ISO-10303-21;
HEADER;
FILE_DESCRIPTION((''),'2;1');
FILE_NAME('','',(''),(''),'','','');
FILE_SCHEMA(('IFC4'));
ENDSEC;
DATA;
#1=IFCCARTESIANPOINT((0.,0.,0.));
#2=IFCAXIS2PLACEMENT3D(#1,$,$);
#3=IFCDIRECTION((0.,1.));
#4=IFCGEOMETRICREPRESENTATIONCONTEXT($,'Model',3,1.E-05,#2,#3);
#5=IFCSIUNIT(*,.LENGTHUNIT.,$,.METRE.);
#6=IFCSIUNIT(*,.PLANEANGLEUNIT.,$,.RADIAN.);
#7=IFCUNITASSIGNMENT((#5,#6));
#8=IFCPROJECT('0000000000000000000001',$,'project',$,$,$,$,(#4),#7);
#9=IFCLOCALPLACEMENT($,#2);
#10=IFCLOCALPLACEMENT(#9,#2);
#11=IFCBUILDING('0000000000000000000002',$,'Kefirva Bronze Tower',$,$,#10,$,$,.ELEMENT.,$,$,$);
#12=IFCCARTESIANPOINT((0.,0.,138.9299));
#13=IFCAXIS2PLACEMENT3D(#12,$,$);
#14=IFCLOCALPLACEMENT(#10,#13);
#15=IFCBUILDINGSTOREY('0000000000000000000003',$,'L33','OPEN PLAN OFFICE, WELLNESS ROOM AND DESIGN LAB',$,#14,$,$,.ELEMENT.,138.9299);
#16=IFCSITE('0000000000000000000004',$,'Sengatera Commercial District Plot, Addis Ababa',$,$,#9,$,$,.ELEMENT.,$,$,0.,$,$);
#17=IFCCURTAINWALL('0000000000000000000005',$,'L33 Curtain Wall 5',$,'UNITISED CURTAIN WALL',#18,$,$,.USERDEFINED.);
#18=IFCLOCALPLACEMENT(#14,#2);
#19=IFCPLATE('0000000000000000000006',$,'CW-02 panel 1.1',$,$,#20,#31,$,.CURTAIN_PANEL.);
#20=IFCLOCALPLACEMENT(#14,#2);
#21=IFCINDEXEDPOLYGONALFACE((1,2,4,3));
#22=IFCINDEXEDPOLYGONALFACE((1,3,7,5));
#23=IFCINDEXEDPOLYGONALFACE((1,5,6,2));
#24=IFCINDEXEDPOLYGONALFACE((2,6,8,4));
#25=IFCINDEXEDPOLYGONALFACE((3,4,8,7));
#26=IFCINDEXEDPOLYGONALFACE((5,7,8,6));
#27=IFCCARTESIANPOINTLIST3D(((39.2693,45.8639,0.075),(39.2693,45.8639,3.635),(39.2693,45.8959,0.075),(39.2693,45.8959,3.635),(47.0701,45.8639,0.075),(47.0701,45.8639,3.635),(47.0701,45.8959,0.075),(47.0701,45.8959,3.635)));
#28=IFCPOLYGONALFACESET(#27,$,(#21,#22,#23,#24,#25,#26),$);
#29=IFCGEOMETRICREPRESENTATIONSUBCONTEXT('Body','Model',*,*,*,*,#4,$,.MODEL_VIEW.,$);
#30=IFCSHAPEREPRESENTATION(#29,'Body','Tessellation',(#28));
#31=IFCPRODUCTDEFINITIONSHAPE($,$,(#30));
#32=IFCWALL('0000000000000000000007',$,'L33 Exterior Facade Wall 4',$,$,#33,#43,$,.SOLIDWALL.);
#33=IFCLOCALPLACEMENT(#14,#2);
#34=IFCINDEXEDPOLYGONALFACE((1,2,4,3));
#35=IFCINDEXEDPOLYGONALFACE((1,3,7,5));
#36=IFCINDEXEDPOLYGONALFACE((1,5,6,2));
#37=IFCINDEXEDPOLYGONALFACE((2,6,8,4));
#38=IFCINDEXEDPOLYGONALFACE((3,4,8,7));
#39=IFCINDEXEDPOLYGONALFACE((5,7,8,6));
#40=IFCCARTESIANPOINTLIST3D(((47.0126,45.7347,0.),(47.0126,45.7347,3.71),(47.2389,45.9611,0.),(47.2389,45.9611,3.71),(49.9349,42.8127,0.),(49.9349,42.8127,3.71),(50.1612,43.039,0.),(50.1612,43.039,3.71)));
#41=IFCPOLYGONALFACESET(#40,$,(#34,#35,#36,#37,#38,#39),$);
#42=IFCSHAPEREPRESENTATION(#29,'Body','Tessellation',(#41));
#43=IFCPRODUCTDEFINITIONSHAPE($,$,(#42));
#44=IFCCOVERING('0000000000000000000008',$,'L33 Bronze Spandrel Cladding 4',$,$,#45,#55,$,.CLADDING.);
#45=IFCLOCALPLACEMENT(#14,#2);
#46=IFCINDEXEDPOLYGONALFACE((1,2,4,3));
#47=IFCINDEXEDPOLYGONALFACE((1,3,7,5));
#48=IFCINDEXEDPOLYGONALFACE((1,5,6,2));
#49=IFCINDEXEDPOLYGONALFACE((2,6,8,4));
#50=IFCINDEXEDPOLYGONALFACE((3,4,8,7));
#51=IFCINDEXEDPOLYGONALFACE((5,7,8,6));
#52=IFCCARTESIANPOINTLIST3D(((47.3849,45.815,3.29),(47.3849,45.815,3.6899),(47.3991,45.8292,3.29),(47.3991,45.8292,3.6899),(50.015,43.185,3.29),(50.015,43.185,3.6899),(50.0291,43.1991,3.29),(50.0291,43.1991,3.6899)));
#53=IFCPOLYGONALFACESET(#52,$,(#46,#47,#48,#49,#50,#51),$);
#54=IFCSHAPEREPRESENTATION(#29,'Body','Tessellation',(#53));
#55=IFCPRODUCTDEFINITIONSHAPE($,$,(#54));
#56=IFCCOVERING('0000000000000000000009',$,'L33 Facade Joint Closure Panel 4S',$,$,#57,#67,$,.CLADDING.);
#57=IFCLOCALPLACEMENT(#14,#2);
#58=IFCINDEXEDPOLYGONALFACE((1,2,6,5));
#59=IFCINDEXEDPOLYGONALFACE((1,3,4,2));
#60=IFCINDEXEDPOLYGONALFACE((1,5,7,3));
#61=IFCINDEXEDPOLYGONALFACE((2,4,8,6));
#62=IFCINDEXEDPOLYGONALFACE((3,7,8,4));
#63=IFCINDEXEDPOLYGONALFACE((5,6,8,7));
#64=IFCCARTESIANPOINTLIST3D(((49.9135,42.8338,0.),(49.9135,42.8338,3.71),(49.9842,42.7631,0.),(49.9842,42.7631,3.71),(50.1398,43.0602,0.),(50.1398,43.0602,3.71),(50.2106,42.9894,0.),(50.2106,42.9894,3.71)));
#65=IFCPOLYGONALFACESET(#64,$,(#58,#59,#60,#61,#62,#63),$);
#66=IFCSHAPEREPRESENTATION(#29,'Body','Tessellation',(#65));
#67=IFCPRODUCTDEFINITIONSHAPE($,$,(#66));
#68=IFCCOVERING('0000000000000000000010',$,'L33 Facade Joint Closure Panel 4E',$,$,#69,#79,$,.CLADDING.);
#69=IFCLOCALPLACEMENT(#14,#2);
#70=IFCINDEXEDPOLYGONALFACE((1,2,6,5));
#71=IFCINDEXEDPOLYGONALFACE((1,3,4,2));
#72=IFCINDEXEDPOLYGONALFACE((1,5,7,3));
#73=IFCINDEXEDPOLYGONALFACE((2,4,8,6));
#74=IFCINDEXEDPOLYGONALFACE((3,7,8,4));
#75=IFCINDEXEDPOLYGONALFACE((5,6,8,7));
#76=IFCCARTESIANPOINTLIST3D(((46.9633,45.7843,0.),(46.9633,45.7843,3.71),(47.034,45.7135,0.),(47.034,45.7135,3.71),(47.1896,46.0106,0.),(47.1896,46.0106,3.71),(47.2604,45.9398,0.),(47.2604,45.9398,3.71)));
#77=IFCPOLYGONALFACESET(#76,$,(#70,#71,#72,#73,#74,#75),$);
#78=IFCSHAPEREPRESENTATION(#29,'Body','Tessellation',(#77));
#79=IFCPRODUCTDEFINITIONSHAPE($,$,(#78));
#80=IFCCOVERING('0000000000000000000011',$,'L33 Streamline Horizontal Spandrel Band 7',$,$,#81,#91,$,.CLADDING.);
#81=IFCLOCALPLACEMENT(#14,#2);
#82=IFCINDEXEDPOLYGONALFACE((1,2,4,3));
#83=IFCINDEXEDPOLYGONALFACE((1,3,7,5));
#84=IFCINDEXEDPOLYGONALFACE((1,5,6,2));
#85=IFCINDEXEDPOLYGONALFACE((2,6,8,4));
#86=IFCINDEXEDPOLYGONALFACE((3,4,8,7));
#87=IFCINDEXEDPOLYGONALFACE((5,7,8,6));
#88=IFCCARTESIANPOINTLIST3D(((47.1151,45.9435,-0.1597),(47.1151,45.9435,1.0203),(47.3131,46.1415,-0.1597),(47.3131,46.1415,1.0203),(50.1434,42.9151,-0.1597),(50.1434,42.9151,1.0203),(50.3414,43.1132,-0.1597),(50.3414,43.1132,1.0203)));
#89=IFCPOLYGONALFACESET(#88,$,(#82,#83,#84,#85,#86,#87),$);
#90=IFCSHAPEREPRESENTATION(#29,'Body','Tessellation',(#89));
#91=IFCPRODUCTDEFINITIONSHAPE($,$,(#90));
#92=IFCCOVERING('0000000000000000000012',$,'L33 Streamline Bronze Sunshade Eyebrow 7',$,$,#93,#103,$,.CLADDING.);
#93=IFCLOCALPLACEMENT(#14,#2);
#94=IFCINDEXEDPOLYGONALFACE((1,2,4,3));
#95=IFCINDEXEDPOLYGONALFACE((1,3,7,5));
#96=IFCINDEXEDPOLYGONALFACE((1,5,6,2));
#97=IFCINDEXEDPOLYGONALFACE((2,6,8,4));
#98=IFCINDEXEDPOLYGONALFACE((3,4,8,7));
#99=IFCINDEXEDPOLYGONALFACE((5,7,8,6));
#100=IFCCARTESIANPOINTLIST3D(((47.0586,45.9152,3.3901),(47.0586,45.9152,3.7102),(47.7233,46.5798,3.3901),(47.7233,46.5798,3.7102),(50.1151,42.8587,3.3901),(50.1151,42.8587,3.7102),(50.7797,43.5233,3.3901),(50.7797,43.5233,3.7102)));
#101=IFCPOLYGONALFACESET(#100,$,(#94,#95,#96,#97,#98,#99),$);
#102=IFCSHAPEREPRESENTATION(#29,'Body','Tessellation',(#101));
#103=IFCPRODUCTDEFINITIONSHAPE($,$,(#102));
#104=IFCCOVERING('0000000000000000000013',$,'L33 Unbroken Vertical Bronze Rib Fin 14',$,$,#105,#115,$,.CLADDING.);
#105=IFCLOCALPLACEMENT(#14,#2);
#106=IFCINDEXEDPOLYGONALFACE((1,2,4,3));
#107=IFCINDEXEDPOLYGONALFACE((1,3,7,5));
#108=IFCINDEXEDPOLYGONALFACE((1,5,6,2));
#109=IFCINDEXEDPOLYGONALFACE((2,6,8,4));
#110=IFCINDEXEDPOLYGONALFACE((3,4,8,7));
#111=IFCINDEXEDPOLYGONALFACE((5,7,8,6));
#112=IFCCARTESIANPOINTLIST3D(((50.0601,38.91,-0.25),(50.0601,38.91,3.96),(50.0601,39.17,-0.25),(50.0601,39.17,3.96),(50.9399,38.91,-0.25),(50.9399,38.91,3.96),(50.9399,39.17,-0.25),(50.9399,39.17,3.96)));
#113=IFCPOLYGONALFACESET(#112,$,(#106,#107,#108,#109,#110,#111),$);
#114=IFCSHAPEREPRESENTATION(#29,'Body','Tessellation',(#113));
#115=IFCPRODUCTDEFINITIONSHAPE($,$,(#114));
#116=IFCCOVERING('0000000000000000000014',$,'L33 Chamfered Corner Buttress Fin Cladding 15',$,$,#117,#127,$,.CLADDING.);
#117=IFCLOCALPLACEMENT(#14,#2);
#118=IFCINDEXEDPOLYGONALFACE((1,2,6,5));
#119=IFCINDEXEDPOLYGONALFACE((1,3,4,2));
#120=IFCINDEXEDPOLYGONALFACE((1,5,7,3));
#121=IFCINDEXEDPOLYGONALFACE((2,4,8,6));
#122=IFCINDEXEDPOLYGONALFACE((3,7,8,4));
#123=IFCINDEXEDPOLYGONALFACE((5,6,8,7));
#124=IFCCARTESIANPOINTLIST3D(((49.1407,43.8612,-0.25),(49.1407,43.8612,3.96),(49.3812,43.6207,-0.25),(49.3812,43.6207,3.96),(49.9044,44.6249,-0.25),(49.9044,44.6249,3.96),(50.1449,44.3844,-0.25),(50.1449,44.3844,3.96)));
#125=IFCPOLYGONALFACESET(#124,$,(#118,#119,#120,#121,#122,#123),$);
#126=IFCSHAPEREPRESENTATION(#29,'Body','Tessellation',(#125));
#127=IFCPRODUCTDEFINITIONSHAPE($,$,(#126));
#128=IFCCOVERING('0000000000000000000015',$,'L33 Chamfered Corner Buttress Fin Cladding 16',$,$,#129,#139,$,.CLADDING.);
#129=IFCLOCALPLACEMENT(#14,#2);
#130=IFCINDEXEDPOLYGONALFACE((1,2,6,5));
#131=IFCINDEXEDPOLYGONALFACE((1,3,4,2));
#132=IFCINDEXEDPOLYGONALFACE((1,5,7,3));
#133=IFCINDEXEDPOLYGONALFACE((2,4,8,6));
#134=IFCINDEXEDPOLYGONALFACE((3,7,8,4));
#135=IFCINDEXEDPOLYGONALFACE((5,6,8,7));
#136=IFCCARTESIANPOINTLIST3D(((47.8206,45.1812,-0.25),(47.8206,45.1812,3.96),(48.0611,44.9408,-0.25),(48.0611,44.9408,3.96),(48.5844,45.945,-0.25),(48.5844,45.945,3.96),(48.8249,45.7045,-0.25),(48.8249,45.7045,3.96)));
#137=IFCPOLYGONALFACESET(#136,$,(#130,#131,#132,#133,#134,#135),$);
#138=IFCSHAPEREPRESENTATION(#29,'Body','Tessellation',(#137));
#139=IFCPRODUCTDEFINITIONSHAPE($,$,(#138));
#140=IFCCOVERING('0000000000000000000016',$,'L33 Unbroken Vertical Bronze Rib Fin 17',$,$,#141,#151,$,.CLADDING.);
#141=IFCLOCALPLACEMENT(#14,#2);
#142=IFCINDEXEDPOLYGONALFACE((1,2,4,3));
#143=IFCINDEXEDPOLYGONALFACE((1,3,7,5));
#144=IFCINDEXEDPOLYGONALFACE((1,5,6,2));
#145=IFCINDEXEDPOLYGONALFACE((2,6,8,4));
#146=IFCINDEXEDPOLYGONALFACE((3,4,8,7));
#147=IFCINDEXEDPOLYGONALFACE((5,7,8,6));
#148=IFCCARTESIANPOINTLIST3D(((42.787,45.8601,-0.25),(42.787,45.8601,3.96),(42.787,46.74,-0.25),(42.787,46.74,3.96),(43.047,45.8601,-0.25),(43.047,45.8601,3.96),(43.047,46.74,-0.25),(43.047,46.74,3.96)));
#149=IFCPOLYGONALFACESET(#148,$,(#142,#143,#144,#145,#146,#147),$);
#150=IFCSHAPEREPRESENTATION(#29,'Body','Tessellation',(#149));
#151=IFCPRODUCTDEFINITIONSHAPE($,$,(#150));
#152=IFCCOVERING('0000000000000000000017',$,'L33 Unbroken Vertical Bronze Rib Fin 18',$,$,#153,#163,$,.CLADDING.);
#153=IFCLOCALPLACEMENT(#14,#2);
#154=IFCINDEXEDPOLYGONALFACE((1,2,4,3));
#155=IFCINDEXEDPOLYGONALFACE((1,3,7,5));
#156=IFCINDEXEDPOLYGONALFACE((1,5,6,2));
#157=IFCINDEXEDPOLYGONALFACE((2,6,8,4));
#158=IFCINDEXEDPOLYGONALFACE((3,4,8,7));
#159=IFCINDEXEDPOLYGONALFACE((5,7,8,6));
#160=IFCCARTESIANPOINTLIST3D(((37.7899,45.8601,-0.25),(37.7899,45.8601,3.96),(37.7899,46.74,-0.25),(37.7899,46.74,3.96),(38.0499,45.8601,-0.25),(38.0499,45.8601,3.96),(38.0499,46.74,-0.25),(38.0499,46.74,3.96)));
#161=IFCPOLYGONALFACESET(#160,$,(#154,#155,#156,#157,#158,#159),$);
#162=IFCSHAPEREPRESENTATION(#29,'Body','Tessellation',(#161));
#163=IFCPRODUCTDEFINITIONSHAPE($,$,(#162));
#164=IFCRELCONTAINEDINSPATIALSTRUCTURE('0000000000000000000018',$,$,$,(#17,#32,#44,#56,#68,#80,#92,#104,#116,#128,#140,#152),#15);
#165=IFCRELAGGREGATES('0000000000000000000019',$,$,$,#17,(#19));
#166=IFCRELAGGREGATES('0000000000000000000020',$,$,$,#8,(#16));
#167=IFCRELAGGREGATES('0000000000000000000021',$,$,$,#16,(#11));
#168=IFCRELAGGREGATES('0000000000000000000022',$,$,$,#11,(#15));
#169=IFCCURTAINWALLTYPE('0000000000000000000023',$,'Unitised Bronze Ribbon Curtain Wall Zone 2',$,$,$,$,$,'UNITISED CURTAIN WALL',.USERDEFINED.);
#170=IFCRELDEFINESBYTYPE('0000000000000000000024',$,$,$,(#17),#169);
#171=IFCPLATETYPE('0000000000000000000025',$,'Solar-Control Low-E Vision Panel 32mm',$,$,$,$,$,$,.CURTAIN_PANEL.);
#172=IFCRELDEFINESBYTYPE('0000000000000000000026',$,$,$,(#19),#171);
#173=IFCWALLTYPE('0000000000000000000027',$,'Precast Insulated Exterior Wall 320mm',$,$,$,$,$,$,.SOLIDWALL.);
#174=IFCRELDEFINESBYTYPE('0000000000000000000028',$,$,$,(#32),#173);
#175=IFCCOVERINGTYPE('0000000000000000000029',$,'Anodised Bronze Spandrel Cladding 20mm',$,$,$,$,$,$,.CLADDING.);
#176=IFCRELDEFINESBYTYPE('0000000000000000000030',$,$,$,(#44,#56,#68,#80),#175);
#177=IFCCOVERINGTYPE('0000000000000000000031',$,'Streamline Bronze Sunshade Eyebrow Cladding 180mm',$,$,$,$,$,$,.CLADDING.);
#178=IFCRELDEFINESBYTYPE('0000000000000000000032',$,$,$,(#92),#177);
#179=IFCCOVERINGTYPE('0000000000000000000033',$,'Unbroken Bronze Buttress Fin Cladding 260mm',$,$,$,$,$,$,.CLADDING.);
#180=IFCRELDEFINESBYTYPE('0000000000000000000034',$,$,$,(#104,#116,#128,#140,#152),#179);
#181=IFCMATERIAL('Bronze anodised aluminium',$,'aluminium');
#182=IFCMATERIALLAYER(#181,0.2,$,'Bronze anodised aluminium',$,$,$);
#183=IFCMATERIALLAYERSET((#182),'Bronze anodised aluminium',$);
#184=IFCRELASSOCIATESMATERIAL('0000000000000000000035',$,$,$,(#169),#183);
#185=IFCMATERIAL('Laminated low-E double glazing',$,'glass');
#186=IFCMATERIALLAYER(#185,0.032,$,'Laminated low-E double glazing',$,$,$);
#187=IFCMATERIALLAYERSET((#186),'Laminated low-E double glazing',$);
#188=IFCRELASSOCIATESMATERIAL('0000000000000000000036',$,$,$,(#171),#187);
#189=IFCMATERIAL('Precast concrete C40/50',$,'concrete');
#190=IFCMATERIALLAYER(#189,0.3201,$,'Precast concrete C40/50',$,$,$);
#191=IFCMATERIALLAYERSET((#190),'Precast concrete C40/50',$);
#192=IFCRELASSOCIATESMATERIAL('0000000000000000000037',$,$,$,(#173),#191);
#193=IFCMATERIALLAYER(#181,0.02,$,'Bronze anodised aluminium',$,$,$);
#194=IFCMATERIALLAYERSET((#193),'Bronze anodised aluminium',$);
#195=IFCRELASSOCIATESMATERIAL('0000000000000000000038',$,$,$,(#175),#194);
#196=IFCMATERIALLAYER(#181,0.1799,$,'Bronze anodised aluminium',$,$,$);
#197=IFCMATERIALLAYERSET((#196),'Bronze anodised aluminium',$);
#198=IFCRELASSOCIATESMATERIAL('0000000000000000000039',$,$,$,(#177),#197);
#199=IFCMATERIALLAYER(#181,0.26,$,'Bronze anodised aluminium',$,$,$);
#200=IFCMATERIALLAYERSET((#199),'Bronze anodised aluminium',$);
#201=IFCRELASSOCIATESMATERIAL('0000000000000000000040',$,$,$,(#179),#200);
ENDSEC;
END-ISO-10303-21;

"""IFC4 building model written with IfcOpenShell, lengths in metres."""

from ifc_helpers import new_model, si_unit, direction, frame, frame_2d, origin, origin_2d, place, context, subcontext, project, spatial, rectangle, extrude, material, layer, layer_set, type_object, element, aggregate, save


model = new_model("IFC4")

# Units and contexts
model_context = context("Model", 3, precision=1e-05, world=origin(), true_north=direction((0.0, 1.0)))
body_context = subcontext(model_context, "Body", "Model", "MODEL_VIEW")
ifc_project = project(units=[si_unit("LENGTHUNIT", "METRE"), si_unit("PLANEANGLEUNIT", "RADIAN")], contexts=[model_context])

# Site, building, storey
site_placement = place(None, origin())
site = spatial("IfcSite", under=ifc_project, at=site_placement, Name="Sengatera Commercial District Plot, Addis Ababa", CompositionType="ELEMENT", RefElevation=0.0)
building_placement = place(site_placement, origin())
building = spatial("IfcBuilding", under=site, at=building_placement, Name="Kefirva Bronze Tower", CompositionType="ELEMENT")
storey_placement = place(building_placement, frame((0.0, 0.0, 138.9299)))
storey = spatial("IfcBuildingStorey", under=building, at=storey_placement, Name="L33", Description="OPEN PLAN OFFICE, WELLNESS ROOM AND DESIGN LAB", CompositionType="ELEMENT", Elevation=138.9299)

# Shared definitions
ifc_material_1 = material(Name="Bronze anodised aluminium", Category="aluminium")
ifc_layer_1 = layer(ifc_material_1, 0.2, Name="Bronze anodised aluminium")
ifc_layer_set_1 = layer_set([ifc_layer_1], Name="Bronze anodised aluminium")
curtain_wall_type = type_object("IfcCurtainWallType", Name="Unitised Bronze Ribbon Curtain Wall Zone 2", ElementType="UNITISED CURTAIN WALL", PredefinedType="USERDEFINED", material=ifc_layer_set_1)

# Curtain wall
curtain_wall_1_placement = place(storey_placement, origin())
curtain_wall_1 = element("IfcCurtainWall", 1, at=curtain_wall_1_placement, inside=storey, type_object=curtain_wall_type, Name="L33 Curtain Wall 5", ObjectType="UNITISED CURTAIN WALL", PredefinedType="USERDEFINED")

# Plate
ifc_material_2 = material(Name="Laminated low-E double glazing", Category="glass")
ifc_layer_2 = layer(ifc_material_2, 0.032, Name="Laminated low-E double glazing")
ifc_layer_set_2 = layer_set([ifc_layer_2], Name="Laminated low-E double glazing")
plate_type = type_object("IfcPlateType", Name="Solar-Control Low-E Vision Panel 32mm", PredefinedType="CURTAIN_PANEL", material=ifc_layer_set_2)
plate_placement = place(storey_placement, frame((43.1697, 45.8799, 0.075), z_axis=(0.0, 0.0, 1.0), x_axis=(-1.0, 0.0, 0.0)))
plate = element("IfcPlate", 2, at=plate_placement, type_object=plate_type, Name="CW-02 panel 1.1", PredefinedType="CURTAIN_PANEL", context=body_context, shape_type="SweptSolid", body=[
    extrude(rectangle(XDim=7.8008, YDim=0.032, at=origin_2d()), origin(), (0.0, 0.0, 1.0), 3.5601),
])
aggregate(curtain_wall_1, [plate])

# Wall
ifc_material_3 = material(Name="Precast concrete C40/50", Category="concrete")
ifc_layer_3 = layer(ifc_material_3, 0.3201, Name="Precast concrete C40/50")
ifc_layer_set_3 = layer_set([ifc_layer_3], Name="Precast concrete C40/50")
wall_type = type_object("IfcWallType", Name="Precast Insulated Exterior Wall 320mm", PredefinedType="SOLIDWALL", material=ifc_layer_set_3)
wall_placement = place(storey_placement, frame((50.0481, 42.9258, 0.0), z_axis=(0.0, 0.0, 1.0), x_axis=(-0.707136, 0.707077, 0.0)))
element("IfcWall", 3, at=wall_placement, inside=storey, type_object=wall_type, Name="L33 Exterior Facade Wall 4", PredefinedType="SOLIDWALL", context=body_context, shape_type="SweptSolid", body=[
    extrude(rectangle(XDim=4.1326, YDim=0.3201, at=frame_2d((2.0664, 0.0))), origin(), (0.0, 0.0, 1.0), 3.71),
])

# Coverings
ifc_layer_4 = layer(ifc_material_1, 0.02, Name="Bronze anodised aluminium")
ifc_layer_set_4 = layer_set([ifc_layer_4], Name="Bronze anodised aluminium")
covering_type_1 = type_object("IfcCoveringType", Name="Anodised Bronze Spandrel Cladding 20mm", PredefinedType="CLADDING", material=ifc_layer_set_4)
covering_1_placement = place(storey_placement, frame((48.707, 44.5071, 3.29), z_axis=(0.0, 0.0, 1.0), x_axis=(-0.707107, 0.707107, 0.0)))
element("IfcCovering", 4, at=covering_1_placement, inside=storey, type_object=covering_type_1, Name="L33 Bronze Spandrel Cladding 4", PredefinedType="CLADDING", context=body_context, shape_type="SweptSolid", body=[
    extrude(rectangle(XDim=3.7195, YDim=0.02, at=origin_2d()), origin(), (0.0, 0.0, 1.0), 0.3999),
])
for number, where, z_axis, x_axis, name in (
    (5, (50.062, 42.9116, 0.0), (0.0, 0.0, 1.0), (-0.707107, 0.707107, 0.0), "L33 Facade Joint Closure Panel 4S"),
    (6, (47.1118, 45.8621, 0.0), (0.0, 0.0, 1.0), (-0.707107, 0.707107, 0.0), "L33 Facade Joint Closure Panel 4E"),
):
    element("IfcCovering", number, at=place(storey_placement, frame(where, z_axis=z_axis, x_axis=x_axis)), inside=storey, type_object=covering_type_1, Name=name, PredefinedType="CLADDING", context=body_context, shape_type="SweptSolid", body=[
        extrude(rectangle(XDim=0.1001, YDim=0.3201, at=origin_2d()), origin(), (0.0, 0.0, 1.0), 3.71),
    ])
covering_2_placement = place(storey_placement, frame((48.7283, 44.5283, -0.1597), z_axis=(0.0, 0.0, 1.0), x_axis=(-0.707107, 0.707107, 0.0)))
element("IfcCovering", 7, at=covering_2_placement, inside=storey, type_object=covering_type_1, Name="L33 Streamline Horizontal Spandrel Band 7", PredefinedType="CLADDING", context=body_context, shape_type="SweptSolid", body=[
    extrude(rectangle(XDim=4.2827, YDim=0.28, at=origin_2d()), origin(), (0.0, 0.0, 1.0), 1.1799),
])
ifc_layer_5 = layer(ifc_material_1, 0.1799, Name="Bronze anodised aluminium")
ifc_layer_set_5 = layer_set([ifc_layer_5], Name="Bronze anodised aluminium")
covering_type_2 = type_object("IfcCoveringType", Name="Streamline Bronze Sunshade Eyebrow Cladding 180mm", PredefinedType="CLADDING", material=ifc_layer_set_5)
covering_3_placement = place(storey_placement, frame((48.9192, 44.7192, 3.3901), z_axis=(0.0, 0.0, 1.0), x_axis=(-0.707107, 0.707107, 0.0)))
element("IfcCovering", 8, at=covering_3_placement, inside=storey, type_object=covering_type_2, Name="L33 Streamline Bronze Sunshade Eyebrow 7", PredefinedType="CLADDING", context=body_context, shape_type="SweptSolid", body=[
    extrude(rectangle(XDim=4.3225, YDim=0.9399, at=origin_2d()), origin(), (0.0, 0.0, 1.0), 0.3201),
])
ifc_layer_6 = layer(ifc_material_1, 0.26, Name="Bronze anodised aluminium")
ifc_layer_set_6 = layer_set([ifc_layer_6], Name="Bronze anodised aluminium")
covering_type_3 = type_object("IfcCoveringType", Name="Unbroken Bronze Buttress Fin Cladding 260mm", PredefinedType="CLADDING", material=ifc_layer_set_6)
covering_4_placement = place(storey_placement, frame((50.5, 39.04, -0.25), z_axis=(0.0, 0.0, 1.0), x_axis=(0.0, 1.0, 0.0)))
element("IfcCovering", 9, at=covering_4_placement, inside=storey, type_object=covering_type_3, Name="L33 Unbroken Vertical Bronze Rib Fin 14", PredefinedType="CLADDING", context=body_context, shape_type="SweptSolid", body=[
    extrude(rectangle(XDim=0.26, YDim=0.8799, at=origin_2d()), origin(), (0.0, 0.0, 1.0), 4.21),
])
for number, where, z_axis, x_axis, name in (
    (10, (49.6428, 44.1228, -0.25), (0.0, 0.0, 1.0), (-0.707107, 0.707107, 0.0), "L33 Chamfered Corner Buttress Fin Cladding 15"),
    (11, (48.3228, 45.4429, -0.25), (0.0, 0.0, 1.0), (-0.707107, 0.707107, 0.0), "L33 Chamfered Corner Buttress Fin Cladding 16"),
):
    element("IfcCovering", number, at=place(storey_placement, frame(where, z_axis=z_axis, x_axis=x_axis)), inside=storey, type_object=covering_type_3, Name=name, PredefinedType="CLADDING", context=body_context, shape_type="SweptSolid", body=[
        extrude(rectangle(XDim=0.3401, YDim=1.0801, at=origin_2d()), origin(), (0.0, 0.0, 1.0), 4.21),
    ])
for number, where, z_axis, x_axis, name in (
    (12, (42.917, 46.3, -0.25), (0.0, 0.0, 1.0), (-1.0, 0.0, 0.0), "L33 Unbroken Vertical Bronze Rib Fin 17"),
    (13, (37.9199, 46.3, -0.25), (0.0, 0.0, 1.0), (-1.0, 0.0, 0.0), "L33 Unbroken Vertical Bronze Rib Fin 18"),
):
    element("IfcCovering", number, at=place(storey_placement, frame(where, z_axis=z_axis, x_axis=x_axis)), inside=storey, type_object=covering_type_3, Name=name, PredefinedType="CLADDING", context=body_context, shape_type="SweptSolid", body=[
        extrude(rectangle(XDim=0.26, YDim=0.8799, at=origin_2d()), origin(), (0.0, 0.0, 1.0), 4.21),
    ])

save(model, "model.ifc")
